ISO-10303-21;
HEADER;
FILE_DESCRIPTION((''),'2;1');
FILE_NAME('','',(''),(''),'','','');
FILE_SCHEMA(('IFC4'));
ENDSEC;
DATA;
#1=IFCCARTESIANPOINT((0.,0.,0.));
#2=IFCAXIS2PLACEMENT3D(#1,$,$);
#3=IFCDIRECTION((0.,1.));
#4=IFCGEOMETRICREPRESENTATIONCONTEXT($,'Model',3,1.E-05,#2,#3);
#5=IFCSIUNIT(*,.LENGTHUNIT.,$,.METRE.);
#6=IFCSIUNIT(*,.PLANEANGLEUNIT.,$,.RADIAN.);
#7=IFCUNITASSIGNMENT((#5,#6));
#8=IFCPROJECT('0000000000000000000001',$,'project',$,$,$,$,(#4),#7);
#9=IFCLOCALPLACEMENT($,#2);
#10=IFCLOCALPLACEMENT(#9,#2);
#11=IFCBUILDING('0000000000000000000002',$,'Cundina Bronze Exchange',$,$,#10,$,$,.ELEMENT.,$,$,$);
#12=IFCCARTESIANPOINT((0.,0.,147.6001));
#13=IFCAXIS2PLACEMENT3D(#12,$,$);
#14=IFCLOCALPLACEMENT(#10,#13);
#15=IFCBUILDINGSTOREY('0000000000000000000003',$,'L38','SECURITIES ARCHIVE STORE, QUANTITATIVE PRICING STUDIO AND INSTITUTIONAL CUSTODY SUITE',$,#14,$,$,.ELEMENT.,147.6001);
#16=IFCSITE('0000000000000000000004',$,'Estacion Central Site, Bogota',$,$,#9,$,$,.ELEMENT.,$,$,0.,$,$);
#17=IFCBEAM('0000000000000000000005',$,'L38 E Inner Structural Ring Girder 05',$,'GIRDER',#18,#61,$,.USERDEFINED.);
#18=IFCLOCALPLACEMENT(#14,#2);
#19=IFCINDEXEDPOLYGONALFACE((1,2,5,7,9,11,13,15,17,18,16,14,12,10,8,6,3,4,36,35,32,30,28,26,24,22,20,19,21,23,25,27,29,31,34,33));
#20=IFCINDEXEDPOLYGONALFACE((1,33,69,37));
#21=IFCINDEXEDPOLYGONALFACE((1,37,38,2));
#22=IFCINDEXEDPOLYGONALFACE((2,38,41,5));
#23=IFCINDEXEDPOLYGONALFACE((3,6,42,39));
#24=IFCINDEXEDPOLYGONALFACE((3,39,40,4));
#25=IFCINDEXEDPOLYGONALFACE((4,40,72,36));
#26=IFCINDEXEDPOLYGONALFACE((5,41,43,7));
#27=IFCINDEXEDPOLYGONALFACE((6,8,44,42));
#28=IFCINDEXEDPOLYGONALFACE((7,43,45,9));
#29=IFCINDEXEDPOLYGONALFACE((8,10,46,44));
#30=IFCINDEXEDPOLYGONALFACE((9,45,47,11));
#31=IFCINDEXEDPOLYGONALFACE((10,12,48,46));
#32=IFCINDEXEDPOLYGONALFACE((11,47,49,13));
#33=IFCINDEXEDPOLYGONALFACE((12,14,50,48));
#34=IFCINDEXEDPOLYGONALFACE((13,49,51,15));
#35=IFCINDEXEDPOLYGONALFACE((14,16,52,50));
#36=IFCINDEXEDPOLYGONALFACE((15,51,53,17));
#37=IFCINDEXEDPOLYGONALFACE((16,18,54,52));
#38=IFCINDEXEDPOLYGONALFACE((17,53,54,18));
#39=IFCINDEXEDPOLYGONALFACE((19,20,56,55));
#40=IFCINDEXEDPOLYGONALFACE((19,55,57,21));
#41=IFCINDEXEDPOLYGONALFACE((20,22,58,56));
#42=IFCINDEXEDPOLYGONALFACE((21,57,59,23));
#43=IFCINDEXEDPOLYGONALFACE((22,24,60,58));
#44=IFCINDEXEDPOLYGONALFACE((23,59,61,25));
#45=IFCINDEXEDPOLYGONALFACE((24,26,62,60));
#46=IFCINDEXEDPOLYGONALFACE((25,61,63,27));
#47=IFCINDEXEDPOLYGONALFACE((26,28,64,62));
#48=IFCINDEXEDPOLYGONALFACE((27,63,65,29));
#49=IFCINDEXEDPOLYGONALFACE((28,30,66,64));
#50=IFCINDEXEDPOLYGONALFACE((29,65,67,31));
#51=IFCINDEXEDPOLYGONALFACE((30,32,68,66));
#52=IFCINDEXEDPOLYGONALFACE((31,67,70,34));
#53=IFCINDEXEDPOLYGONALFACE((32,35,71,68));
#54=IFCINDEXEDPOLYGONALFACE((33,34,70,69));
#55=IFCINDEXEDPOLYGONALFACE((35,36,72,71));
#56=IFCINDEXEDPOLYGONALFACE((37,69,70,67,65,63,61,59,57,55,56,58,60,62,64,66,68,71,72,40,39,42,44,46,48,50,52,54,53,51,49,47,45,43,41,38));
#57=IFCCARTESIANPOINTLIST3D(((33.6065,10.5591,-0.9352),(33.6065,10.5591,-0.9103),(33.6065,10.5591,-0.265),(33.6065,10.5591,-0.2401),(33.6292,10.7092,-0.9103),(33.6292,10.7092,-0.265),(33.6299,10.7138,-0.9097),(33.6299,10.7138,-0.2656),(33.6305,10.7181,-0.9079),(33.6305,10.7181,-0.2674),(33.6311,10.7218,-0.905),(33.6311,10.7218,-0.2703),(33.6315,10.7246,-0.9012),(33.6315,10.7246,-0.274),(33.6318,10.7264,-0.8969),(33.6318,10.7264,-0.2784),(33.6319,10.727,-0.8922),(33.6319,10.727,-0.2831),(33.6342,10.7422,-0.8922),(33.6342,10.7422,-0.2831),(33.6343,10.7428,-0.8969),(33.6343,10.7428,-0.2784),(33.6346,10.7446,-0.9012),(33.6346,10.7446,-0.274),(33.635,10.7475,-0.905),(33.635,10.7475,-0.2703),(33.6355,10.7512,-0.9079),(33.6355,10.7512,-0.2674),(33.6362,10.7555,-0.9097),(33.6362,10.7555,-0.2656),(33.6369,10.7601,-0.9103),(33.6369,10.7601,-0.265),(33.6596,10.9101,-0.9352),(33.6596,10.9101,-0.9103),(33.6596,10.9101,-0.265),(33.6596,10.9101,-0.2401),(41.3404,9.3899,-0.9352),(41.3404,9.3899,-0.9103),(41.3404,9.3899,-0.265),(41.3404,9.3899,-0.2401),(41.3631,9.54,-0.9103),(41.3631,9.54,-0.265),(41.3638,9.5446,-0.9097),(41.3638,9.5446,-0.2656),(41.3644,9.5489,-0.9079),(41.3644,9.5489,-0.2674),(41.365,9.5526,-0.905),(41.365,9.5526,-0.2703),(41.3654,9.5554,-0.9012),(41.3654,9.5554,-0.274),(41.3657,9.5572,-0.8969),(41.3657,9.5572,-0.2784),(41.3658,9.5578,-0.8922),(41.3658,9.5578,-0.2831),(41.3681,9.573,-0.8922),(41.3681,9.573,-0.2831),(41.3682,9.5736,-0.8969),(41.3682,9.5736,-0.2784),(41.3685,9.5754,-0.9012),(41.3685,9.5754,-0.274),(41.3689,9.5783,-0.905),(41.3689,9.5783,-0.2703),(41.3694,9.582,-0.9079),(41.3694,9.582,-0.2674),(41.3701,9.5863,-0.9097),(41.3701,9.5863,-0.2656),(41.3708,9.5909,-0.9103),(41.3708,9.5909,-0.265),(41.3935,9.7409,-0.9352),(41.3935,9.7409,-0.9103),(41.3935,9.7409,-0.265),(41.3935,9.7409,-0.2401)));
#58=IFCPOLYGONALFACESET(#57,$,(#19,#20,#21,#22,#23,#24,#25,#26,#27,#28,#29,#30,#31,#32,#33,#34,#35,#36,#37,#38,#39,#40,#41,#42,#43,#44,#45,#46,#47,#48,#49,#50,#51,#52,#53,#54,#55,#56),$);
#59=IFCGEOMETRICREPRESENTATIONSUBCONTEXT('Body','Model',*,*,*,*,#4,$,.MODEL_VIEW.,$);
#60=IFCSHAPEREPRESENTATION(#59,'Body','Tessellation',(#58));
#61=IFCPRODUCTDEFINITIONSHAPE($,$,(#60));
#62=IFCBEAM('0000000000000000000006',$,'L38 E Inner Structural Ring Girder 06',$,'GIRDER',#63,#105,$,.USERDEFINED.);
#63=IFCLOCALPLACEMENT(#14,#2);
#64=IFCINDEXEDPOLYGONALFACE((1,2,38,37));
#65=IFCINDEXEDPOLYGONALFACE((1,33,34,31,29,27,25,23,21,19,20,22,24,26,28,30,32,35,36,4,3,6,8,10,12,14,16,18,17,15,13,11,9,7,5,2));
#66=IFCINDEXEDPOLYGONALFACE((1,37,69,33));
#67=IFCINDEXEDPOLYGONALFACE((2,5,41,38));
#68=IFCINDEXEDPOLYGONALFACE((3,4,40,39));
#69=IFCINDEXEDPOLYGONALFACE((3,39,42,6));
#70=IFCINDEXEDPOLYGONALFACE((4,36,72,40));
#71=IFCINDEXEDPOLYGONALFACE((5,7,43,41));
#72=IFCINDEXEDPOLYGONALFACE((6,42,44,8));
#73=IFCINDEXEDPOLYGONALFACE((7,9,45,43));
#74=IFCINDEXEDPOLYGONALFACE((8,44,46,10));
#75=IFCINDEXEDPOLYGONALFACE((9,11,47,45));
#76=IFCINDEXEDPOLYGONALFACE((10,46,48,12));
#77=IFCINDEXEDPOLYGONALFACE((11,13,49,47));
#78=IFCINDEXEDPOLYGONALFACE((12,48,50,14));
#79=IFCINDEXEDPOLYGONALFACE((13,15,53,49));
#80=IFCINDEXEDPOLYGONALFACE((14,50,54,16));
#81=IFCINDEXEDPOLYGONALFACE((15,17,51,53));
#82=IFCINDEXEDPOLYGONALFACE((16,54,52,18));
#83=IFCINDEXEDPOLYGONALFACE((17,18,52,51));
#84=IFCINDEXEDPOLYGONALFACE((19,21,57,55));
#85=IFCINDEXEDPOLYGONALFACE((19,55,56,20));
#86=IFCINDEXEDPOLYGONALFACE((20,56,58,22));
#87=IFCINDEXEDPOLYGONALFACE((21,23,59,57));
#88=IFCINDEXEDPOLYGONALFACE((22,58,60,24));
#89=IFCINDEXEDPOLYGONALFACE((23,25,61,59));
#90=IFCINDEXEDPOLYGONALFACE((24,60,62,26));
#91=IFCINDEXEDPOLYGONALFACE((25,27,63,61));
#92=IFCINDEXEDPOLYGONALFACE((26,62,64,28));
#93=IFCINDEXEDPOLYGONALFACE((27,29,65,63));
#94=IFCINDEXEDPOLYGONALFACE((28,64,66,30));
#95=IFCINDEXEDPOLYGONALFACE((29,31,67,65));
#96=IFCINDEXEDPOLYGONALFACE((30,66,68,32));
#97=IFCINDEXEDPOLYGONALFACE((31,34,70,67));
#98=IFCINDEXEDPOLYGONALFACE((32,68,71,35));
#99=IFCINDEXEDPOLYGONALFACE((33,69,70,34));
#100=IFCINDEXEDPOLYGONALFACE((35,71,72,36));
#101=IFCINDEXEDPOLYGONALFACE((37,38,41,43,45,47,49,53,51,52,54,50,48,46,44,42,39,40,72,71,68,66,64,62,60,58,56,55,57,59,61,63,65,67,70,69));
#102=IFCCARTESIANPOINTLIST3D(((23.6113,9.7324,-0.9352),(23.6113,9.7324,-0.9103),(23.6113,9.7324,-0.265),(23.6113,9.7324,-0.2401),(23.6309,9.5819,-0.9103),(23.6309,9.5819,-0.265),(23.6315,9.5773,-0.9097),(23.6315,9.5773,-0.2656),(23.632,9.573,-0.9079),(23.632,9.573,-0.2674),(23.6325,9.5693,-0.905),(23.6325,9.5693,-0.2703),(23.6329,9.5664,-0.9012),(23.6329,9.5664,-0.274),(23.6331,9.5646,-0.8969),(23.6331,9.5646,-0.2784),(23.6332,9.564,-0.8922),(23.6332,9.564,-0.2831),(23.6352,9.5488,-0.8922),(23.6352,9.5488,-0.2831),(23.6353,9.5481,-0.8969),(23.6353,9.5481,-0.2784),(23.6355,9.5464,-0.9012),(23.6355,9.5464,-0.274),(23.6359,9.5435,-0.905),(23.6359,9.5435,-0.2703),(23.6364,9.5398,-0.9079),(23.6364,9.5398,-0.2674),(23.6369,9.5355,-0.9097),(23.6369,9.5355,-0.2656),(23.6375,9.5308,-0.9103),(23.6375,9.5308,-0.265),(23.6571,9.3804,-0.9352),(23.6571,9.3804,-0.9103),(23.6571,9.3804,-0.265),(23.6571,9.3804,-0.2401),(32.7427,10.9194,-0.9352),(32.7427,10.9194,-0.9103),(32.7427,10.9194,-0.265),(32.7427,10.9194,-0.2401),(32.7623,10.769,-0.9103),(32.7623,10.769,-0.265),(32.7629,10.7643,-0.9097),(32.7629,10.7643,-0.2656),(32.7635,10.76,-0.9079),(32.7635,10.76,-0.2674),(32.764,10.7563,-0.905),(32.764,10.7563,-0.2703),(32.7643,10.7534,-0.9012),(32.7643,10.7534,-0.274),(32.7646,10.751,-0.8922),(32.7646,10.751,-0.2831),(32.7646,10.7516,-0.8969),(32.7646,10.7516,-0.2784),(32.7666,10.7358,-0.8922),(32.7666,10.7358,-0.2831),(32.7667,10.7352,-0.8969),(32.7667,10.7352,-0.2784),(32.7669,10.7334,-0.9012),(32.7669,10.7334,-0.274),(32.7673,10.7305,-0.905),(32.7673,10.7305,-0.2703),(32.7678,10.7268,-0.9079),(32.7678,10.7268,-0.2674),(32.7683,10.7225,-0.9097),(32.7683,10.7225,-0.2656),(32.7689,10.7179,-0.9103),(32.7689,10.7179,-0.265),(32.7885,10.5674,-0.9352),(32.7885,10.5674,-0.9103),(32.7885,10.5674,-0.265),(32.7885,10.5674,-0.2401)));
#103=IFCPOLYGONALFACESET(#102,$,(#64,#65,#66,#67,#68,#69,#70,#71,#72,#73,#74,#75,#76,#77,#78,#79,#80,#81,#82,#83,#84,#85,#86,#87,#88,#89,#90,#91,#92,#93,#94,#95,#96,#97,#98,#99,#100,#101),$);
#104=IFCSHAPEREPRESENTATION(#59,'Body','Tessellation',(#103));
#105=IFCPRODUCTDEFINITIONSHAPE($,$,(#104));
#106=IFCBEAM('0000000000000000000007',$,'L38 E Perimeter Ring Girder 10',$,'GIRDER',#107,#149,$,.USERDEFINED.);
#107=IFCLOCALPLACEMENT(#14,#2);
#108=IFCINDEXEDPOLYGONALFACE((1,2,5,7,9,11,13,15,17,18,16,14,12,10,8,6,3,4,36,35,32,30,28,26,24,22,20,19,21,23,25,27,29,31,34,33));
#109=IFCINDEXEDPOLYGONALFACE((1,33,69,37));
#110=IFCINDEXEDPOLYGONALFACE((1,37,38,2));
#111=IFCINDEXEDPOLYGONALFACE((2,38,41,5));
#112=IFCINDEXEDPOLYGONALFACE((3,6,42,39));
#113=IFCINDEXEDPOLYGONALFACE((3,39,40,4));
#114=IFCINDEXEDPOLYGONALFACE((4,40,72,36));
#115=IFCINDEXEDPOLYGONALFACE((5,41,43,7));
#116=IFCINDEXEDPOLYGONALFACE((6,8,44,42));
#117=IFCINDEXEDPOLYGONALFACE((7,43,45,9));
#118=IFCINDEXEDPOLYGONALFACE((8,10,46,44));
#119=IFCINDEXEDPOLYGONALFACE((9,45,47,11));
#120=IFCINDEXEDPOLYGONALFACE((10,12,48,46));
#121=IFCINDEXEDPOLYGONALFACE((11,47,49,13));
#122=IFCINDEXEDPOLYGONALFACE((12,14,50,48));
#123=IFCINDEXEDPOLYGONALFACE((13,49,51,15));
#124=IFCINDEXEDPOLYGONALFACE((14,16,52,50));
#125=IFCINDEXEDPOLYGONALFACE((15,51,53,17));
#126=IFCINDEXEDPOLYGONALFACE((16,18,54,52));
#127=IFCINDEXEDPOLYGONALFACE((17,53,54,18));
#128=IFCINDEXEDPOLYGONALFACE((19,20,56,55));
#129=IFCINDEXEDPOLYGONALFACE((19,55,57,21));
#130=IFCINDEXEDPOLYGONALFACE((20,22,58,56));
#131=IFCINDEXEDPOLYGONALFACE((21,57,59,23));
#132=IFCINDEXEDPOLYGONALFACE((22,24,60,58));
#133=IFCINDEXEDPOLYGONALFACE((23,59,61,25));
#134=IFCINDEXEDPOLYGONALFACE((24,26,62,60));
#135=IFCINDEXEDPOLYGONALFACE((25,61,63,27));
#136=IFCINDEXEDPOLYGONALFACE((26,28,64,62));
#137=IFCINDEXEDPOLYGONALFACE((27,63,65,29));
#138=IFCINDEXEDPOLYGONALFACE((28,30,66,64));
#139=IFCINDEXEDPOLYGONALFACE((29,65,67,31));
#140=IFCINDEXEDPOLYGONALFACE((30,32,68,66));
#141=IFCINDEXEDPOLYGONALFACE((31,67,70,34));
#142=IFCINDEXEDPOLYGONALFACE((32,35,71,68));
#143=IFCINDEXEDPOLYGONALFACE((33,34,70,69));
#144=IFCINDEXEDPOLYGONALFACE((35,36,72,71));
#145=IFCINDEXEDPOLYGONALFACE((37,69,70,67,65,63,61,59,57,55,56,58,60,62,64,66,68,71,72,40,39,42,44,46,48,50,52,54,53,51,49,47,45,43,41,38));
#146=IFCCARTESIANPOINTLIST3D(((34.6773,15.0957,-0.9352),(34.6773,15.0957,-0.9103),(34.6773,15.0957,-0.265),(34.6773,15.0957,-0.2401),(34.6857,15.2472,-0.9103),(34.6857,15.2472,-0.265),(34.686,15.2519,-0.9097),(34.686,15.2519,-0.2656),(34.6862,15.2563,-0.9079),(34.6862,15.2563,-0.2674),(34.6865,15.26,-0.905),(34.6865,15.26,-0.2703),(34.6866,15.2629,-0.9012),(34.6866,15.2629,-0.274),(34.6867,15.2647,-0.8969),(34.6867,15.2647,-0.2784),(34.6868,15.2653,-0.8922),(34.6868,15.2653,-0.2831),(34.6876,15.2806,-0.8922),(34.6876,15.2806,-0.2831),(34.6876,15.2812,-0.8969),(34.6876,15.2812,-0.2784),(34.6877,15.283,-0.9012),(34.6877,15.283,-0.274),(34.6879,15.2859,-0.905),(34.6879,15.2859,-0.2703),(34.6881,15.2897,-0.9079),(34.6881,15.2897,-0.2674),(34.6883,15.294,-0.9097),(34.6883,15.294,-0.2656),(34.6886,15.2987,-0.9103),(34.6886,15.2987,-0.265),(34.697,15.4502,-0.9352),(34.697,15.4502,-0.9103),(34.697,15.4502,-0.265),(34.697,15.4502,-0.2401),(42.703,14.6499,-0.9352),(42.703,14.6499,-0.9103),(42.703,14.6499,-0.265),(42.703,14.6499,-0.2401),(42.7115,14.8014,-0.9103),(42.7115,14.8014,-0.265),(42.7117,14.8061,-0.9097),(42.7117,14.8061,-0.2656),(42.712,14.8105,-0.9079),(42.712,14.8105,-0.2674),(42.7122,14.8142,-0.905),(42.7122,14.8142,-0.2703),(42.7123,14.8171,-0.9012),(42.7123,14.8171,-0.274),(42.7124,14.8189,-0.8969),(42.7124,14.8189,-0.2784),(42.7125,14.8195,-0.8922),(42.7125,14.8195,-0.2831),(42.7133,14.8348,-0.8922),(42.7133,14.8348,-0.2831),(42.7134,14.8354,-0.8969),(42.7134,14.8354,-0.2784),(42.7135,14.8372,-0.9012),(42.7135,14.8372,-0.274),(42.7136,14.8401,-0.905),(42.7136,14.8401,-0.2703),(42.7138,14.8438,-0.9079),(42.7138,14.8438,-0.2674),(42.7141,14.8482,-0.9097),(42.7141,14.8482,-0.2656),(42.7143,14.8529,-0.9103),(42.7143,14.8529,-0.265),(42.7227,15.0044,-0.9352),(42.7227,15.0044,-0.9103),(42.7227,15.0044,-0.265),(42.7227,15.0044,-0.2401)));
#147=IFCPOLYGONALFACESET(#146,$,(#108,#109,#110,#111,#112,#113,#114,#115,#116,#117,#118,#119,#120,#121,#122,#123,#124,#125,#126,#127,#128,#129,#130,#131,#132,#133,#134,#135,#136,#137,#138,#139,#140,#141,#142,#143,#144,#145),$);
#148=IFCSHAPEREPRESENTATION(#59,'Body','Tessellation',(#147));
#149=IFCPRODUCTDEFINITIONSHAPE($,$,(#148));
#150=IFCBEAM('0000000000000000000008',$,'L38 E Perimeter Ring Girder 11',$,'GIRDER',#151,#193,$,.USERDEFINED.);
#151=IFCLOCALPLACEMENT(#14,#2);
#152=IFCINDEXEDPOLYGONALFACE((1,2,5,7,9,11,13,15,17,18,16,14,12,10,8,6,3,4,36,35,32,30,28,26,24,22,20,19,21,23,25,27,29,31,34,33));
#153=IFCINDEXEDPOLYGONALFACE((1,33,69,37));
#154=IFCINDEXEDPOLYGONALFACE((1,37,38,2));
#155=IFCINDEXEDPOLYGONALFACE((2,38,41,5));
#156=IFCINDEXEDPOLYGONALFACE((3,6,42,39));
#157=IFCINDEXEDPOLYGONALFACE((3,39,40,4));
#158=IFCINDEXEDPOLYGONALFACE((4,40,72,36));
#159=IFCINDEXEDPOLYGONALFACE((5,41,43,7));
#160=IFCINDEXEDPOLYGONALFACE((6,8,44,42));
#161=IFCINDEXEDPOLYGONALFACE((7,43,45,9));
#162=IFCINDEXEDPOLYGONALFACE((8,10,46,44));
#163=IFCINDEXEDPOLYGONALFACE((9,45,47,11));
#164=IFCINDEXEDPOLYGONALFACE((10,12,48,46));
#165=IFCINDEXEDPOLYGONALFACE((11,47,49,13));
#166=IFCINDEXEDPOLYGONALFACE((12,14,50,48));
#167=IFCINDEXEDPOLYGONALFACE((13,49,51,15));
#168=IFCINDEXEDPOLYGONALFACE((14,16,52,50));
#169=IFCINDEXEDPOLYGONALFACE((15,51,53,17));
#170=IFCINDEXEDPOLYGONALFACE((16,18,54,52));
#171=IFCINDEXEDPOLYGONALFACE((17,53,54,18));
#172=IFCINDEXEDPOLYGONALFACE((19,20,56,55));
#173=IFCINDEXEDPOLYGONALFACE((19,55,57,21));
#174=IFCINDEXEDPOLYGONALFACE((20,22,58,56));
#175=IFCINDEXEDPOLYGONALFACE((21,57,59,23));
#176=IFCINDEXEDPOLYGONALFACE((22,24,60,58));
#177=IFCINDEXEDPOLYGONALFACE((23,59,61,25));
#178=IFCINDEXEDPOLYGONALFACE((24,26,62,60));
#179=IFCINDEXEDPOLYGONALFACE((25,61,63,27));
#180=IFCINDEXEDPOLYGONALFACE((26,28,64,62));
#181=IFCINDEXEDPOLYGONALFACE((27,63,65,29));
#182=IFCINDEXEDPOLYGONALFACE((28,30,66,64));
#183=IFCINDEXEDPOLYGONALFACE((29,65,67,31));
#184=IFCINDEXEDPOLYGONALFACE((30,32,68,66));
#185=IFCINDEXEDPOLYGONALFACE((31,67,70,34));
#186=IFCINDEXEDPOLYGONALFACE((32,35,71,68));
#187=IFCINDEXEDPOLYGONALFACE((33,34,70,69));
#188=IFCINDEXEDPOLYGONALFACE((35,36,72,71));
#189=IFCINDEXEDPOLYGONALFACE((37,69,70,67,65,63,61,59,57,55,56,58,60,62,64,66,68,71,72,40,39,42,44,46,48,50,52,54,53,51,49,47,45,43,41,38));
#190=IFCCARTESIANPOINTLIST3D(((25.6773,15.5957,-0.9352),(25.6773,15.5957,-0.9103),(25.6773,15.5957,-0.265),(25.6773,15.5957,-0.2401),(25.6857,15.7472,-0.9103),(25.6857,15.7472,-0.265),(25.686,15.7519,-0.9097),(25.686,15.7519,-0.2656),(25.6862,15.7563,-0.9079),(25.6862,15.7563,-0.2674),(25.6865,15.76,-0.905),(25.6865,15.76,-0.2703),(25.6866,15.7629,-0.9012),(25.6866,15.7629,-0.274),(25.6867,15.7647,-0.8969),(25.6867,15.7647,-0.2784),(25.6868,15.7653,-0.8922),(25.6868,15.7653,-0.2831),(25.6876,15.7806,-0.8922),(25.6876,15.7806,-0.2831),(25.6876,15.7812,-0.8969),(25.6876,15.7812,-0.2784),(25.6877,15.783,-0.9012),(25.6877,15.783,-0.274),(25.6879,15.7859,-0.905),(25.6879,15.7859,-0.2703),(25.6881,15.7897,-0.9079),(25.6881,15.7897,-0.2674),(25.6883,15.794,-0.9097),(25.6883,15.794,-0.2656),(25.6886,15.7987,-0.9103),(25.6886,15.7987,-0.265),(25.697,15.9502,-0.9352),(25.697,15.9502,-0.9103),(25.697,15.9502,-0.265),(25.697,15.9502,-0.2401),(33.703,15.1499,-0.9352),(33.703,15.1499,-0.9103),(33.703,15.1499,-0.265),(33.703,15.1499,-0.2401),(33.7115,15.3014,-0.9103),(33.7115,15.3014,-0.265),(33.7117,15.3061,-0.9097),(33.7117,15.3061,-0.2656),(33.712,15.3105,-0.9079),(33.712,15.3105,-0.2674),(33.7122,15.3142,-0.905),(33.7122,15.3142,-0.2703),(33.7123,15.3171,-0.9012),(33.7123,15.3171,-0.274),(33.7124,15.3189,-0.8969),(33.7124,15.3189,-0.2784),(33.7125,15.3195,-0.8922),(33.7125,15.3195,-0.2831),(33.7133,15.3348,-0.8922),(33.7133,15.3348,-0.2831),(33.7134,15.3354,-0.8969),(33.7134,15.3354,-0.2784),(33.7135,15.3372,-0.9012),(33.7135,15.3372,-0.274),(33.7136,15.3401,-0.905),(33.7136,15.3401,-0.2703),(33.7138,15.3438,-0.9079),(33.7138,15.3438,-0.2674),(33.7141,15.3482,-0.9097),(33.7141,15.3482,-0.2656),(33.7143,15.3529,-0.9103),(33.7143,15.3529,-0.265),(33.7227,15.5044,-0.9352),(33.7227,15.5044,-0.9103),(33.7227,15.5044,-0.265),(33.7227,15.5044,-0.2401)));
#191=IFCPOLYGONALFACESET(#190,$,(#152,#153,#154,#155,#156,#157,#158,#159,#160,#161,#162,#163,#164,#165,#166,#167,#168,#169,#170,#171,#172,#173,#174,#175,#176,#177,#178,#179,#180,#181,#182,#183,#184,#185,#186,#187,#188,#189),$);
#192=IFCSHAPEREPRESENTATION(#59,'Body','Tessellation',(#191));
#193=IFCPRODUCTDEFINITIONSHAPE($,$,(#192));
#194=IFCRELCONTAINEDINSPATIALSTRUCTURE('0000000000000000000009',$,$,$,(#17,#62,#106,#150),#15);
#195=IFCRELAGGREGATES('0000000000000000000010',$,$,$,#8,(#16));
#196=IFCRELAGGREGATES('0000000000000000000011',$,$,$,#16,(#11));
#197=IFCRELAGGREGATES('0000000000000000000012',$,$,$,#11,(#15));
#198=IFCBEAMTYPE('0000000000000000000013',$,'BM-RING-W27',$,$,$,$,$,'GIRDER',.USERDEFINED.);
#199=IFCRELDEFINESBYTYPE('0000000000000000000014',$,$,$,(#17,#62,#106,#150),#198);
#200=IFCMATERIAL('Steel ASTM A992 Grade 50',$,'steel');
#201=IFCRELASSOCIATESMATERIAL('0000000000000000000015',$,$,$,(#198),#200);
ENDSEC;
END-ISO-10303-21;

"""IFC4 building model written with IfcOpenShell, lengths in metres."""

from ifc_helpers import new_model, si_unit, direction, frame, origin, origin_2d, place, context, subcontext, project, spatial, i_section, extrude, material, material_profile, profile_set, type_object, element, save


model = new_model("IFC4")

# Units and contexts
model_context = context("Model", 3, precision=1e-05, world=origin(), true_north=direction((0.0, 1.0)))
body_context = subcontext(model_context, "Body", "Model", "MODEL_VIEW")
ifc_project = project(units=[si_unit("LENGTHUNIT", "METRE"), si_unit("PLANEANGLEUNIT", "RADIAN")], contexts=[model_context])

# Site, building, storey
site_placement = place(None, origin())
site = spatial("IfcSite", under=ifc_project, at=site_placement, Name="Estacion Central Site, Bogota", CompositionType="ELEMENT", RefElevation=0.0)
building_placement = place(site_placement, origin())
building = spatial("IfcBuilding", under=site, at=building_placement, Name="Cundina Bronze Exchange", CompositionType="ELEMENT")
storey_placement = place(building_placement, frame((0.0, 0.0, 147.6001)))
storey = spatial("IfcBuildingStorey", under=building, at=storey_placement, Name="L38", Description="SECURITIES ARCHIVE STORE, QUANTITATIVE PRICING STUDIO AND INSTITUTIONAL CUSTODY SUITE", CompositionType="ELEMENT", Elevation=147.6001)

# Beams
ifc_material_1 = material(Name="Steel ASTM A992 Grade 50", Category="steel")
ifc_material_profile_1 = material_profile(ifc_material_1, i_section(OverallWidth=0.355, OverallDepth=0.6951, WebThickness=0.0154, FlangeThickness=0.0249, FilletRadius=0.0181, at=origin_2d()), Name="W27X146", Category="steel")
ifc_profile_set_1 = profile_set([ifc_material_profile_1], Name="Steel ASTM A992 Grade 50")
beam_type_1 = type_object("IfcBeamType", Name="BM-RING-W27", ElementType="GIRDER", PredefinedType="USERDEFINED", material=ifc_profile_set_1)
beam_1_placement = place(storey_placement, frame((41.3669, 9.5654, -0.5876), z_axis=(-0.988765, 0.149479, 0.0), x_axis=(-0.149479, -0.988765, 0.0)))
element("IfcBeam", 1, at=beam_1_placement, inside=storey, type_object=beam_type_1, Name="L38 E Inner Structural Ring Girder 05", ObjectType="GIRDER", PredefinedType="USERDEFINED", context=body_context, shape_type="SweptSolid", body=[
    extrude(i_section(OverallWidth=0.355, OverallDepth=0.6951, WebThickness=0.0154, FlangeThickness=0.0249, FilletRadius=0.0181, at=origin_2d()), origin(), (0.0, 0.0, 1.0), 7.8218),
])
beam_2_placement = place(storey_placement, frame((32.7656, 10.7434, -0.5876), z_axis=(-0.991656, -0.128908, 0.0), x_axis=(0.128908, -0.991656, 0.0)))
element("IfcBeam", 2, at=beam_2_placement, inside=storey, type_object=beam_type_1, Name="L38 E Inner Structural Ring Girder 06", ObjectType="GIRDER", PredefinedType="USERDEFINED", context=body_context, shape_type="SweptSolid", body=[
    extrude(i_section(OverallWidth=0.355, OverallDepth=0.6951, WebThickness=0.0154, FlangeThickness=0.0249, FilletRadius=0.0181, at=origin_2d()), origin(), (0.0, 0.0, 1.0), 9.2083),
])
for number, where, z_axis, x_axis, name in (
    (3, (42.7129, 14.8271, -0.5876), (-0.998461, 0.055462, 0.0), (-0.055462, -0.998461, 0.0), "L38 E Perimeter Ring Girder 10"),
    (4, (33.7129, 15.3271, -0.5876), (-0.998461, 0.055462, 0.0), (-0.055462, -0.998461, 0.0), "L38 E Perimeter Ring Girder 11"),
):
    element("IfcBeam", number, at=place(storey_placement, frame(where, z_axis=z_axis, x_axis=x_axis)), inside=storey, type_object=beam_type_1, Name=name, ObjectType="GIRDER", PredefinedType="USERDEFINED", context=body_context, shape_type="SweptSolid", body=[
        extrude(i_section(OverallWidth=0.355, OverallDepth=0.6951, WebThickness=0.0154, FlangeThickness=0.0249, FilletRadius=0.0181, at=origin_2d()), origin(), (0.0, 0.0, 1.0), 8.0381),
    ])

save(model, "model.ifc")
